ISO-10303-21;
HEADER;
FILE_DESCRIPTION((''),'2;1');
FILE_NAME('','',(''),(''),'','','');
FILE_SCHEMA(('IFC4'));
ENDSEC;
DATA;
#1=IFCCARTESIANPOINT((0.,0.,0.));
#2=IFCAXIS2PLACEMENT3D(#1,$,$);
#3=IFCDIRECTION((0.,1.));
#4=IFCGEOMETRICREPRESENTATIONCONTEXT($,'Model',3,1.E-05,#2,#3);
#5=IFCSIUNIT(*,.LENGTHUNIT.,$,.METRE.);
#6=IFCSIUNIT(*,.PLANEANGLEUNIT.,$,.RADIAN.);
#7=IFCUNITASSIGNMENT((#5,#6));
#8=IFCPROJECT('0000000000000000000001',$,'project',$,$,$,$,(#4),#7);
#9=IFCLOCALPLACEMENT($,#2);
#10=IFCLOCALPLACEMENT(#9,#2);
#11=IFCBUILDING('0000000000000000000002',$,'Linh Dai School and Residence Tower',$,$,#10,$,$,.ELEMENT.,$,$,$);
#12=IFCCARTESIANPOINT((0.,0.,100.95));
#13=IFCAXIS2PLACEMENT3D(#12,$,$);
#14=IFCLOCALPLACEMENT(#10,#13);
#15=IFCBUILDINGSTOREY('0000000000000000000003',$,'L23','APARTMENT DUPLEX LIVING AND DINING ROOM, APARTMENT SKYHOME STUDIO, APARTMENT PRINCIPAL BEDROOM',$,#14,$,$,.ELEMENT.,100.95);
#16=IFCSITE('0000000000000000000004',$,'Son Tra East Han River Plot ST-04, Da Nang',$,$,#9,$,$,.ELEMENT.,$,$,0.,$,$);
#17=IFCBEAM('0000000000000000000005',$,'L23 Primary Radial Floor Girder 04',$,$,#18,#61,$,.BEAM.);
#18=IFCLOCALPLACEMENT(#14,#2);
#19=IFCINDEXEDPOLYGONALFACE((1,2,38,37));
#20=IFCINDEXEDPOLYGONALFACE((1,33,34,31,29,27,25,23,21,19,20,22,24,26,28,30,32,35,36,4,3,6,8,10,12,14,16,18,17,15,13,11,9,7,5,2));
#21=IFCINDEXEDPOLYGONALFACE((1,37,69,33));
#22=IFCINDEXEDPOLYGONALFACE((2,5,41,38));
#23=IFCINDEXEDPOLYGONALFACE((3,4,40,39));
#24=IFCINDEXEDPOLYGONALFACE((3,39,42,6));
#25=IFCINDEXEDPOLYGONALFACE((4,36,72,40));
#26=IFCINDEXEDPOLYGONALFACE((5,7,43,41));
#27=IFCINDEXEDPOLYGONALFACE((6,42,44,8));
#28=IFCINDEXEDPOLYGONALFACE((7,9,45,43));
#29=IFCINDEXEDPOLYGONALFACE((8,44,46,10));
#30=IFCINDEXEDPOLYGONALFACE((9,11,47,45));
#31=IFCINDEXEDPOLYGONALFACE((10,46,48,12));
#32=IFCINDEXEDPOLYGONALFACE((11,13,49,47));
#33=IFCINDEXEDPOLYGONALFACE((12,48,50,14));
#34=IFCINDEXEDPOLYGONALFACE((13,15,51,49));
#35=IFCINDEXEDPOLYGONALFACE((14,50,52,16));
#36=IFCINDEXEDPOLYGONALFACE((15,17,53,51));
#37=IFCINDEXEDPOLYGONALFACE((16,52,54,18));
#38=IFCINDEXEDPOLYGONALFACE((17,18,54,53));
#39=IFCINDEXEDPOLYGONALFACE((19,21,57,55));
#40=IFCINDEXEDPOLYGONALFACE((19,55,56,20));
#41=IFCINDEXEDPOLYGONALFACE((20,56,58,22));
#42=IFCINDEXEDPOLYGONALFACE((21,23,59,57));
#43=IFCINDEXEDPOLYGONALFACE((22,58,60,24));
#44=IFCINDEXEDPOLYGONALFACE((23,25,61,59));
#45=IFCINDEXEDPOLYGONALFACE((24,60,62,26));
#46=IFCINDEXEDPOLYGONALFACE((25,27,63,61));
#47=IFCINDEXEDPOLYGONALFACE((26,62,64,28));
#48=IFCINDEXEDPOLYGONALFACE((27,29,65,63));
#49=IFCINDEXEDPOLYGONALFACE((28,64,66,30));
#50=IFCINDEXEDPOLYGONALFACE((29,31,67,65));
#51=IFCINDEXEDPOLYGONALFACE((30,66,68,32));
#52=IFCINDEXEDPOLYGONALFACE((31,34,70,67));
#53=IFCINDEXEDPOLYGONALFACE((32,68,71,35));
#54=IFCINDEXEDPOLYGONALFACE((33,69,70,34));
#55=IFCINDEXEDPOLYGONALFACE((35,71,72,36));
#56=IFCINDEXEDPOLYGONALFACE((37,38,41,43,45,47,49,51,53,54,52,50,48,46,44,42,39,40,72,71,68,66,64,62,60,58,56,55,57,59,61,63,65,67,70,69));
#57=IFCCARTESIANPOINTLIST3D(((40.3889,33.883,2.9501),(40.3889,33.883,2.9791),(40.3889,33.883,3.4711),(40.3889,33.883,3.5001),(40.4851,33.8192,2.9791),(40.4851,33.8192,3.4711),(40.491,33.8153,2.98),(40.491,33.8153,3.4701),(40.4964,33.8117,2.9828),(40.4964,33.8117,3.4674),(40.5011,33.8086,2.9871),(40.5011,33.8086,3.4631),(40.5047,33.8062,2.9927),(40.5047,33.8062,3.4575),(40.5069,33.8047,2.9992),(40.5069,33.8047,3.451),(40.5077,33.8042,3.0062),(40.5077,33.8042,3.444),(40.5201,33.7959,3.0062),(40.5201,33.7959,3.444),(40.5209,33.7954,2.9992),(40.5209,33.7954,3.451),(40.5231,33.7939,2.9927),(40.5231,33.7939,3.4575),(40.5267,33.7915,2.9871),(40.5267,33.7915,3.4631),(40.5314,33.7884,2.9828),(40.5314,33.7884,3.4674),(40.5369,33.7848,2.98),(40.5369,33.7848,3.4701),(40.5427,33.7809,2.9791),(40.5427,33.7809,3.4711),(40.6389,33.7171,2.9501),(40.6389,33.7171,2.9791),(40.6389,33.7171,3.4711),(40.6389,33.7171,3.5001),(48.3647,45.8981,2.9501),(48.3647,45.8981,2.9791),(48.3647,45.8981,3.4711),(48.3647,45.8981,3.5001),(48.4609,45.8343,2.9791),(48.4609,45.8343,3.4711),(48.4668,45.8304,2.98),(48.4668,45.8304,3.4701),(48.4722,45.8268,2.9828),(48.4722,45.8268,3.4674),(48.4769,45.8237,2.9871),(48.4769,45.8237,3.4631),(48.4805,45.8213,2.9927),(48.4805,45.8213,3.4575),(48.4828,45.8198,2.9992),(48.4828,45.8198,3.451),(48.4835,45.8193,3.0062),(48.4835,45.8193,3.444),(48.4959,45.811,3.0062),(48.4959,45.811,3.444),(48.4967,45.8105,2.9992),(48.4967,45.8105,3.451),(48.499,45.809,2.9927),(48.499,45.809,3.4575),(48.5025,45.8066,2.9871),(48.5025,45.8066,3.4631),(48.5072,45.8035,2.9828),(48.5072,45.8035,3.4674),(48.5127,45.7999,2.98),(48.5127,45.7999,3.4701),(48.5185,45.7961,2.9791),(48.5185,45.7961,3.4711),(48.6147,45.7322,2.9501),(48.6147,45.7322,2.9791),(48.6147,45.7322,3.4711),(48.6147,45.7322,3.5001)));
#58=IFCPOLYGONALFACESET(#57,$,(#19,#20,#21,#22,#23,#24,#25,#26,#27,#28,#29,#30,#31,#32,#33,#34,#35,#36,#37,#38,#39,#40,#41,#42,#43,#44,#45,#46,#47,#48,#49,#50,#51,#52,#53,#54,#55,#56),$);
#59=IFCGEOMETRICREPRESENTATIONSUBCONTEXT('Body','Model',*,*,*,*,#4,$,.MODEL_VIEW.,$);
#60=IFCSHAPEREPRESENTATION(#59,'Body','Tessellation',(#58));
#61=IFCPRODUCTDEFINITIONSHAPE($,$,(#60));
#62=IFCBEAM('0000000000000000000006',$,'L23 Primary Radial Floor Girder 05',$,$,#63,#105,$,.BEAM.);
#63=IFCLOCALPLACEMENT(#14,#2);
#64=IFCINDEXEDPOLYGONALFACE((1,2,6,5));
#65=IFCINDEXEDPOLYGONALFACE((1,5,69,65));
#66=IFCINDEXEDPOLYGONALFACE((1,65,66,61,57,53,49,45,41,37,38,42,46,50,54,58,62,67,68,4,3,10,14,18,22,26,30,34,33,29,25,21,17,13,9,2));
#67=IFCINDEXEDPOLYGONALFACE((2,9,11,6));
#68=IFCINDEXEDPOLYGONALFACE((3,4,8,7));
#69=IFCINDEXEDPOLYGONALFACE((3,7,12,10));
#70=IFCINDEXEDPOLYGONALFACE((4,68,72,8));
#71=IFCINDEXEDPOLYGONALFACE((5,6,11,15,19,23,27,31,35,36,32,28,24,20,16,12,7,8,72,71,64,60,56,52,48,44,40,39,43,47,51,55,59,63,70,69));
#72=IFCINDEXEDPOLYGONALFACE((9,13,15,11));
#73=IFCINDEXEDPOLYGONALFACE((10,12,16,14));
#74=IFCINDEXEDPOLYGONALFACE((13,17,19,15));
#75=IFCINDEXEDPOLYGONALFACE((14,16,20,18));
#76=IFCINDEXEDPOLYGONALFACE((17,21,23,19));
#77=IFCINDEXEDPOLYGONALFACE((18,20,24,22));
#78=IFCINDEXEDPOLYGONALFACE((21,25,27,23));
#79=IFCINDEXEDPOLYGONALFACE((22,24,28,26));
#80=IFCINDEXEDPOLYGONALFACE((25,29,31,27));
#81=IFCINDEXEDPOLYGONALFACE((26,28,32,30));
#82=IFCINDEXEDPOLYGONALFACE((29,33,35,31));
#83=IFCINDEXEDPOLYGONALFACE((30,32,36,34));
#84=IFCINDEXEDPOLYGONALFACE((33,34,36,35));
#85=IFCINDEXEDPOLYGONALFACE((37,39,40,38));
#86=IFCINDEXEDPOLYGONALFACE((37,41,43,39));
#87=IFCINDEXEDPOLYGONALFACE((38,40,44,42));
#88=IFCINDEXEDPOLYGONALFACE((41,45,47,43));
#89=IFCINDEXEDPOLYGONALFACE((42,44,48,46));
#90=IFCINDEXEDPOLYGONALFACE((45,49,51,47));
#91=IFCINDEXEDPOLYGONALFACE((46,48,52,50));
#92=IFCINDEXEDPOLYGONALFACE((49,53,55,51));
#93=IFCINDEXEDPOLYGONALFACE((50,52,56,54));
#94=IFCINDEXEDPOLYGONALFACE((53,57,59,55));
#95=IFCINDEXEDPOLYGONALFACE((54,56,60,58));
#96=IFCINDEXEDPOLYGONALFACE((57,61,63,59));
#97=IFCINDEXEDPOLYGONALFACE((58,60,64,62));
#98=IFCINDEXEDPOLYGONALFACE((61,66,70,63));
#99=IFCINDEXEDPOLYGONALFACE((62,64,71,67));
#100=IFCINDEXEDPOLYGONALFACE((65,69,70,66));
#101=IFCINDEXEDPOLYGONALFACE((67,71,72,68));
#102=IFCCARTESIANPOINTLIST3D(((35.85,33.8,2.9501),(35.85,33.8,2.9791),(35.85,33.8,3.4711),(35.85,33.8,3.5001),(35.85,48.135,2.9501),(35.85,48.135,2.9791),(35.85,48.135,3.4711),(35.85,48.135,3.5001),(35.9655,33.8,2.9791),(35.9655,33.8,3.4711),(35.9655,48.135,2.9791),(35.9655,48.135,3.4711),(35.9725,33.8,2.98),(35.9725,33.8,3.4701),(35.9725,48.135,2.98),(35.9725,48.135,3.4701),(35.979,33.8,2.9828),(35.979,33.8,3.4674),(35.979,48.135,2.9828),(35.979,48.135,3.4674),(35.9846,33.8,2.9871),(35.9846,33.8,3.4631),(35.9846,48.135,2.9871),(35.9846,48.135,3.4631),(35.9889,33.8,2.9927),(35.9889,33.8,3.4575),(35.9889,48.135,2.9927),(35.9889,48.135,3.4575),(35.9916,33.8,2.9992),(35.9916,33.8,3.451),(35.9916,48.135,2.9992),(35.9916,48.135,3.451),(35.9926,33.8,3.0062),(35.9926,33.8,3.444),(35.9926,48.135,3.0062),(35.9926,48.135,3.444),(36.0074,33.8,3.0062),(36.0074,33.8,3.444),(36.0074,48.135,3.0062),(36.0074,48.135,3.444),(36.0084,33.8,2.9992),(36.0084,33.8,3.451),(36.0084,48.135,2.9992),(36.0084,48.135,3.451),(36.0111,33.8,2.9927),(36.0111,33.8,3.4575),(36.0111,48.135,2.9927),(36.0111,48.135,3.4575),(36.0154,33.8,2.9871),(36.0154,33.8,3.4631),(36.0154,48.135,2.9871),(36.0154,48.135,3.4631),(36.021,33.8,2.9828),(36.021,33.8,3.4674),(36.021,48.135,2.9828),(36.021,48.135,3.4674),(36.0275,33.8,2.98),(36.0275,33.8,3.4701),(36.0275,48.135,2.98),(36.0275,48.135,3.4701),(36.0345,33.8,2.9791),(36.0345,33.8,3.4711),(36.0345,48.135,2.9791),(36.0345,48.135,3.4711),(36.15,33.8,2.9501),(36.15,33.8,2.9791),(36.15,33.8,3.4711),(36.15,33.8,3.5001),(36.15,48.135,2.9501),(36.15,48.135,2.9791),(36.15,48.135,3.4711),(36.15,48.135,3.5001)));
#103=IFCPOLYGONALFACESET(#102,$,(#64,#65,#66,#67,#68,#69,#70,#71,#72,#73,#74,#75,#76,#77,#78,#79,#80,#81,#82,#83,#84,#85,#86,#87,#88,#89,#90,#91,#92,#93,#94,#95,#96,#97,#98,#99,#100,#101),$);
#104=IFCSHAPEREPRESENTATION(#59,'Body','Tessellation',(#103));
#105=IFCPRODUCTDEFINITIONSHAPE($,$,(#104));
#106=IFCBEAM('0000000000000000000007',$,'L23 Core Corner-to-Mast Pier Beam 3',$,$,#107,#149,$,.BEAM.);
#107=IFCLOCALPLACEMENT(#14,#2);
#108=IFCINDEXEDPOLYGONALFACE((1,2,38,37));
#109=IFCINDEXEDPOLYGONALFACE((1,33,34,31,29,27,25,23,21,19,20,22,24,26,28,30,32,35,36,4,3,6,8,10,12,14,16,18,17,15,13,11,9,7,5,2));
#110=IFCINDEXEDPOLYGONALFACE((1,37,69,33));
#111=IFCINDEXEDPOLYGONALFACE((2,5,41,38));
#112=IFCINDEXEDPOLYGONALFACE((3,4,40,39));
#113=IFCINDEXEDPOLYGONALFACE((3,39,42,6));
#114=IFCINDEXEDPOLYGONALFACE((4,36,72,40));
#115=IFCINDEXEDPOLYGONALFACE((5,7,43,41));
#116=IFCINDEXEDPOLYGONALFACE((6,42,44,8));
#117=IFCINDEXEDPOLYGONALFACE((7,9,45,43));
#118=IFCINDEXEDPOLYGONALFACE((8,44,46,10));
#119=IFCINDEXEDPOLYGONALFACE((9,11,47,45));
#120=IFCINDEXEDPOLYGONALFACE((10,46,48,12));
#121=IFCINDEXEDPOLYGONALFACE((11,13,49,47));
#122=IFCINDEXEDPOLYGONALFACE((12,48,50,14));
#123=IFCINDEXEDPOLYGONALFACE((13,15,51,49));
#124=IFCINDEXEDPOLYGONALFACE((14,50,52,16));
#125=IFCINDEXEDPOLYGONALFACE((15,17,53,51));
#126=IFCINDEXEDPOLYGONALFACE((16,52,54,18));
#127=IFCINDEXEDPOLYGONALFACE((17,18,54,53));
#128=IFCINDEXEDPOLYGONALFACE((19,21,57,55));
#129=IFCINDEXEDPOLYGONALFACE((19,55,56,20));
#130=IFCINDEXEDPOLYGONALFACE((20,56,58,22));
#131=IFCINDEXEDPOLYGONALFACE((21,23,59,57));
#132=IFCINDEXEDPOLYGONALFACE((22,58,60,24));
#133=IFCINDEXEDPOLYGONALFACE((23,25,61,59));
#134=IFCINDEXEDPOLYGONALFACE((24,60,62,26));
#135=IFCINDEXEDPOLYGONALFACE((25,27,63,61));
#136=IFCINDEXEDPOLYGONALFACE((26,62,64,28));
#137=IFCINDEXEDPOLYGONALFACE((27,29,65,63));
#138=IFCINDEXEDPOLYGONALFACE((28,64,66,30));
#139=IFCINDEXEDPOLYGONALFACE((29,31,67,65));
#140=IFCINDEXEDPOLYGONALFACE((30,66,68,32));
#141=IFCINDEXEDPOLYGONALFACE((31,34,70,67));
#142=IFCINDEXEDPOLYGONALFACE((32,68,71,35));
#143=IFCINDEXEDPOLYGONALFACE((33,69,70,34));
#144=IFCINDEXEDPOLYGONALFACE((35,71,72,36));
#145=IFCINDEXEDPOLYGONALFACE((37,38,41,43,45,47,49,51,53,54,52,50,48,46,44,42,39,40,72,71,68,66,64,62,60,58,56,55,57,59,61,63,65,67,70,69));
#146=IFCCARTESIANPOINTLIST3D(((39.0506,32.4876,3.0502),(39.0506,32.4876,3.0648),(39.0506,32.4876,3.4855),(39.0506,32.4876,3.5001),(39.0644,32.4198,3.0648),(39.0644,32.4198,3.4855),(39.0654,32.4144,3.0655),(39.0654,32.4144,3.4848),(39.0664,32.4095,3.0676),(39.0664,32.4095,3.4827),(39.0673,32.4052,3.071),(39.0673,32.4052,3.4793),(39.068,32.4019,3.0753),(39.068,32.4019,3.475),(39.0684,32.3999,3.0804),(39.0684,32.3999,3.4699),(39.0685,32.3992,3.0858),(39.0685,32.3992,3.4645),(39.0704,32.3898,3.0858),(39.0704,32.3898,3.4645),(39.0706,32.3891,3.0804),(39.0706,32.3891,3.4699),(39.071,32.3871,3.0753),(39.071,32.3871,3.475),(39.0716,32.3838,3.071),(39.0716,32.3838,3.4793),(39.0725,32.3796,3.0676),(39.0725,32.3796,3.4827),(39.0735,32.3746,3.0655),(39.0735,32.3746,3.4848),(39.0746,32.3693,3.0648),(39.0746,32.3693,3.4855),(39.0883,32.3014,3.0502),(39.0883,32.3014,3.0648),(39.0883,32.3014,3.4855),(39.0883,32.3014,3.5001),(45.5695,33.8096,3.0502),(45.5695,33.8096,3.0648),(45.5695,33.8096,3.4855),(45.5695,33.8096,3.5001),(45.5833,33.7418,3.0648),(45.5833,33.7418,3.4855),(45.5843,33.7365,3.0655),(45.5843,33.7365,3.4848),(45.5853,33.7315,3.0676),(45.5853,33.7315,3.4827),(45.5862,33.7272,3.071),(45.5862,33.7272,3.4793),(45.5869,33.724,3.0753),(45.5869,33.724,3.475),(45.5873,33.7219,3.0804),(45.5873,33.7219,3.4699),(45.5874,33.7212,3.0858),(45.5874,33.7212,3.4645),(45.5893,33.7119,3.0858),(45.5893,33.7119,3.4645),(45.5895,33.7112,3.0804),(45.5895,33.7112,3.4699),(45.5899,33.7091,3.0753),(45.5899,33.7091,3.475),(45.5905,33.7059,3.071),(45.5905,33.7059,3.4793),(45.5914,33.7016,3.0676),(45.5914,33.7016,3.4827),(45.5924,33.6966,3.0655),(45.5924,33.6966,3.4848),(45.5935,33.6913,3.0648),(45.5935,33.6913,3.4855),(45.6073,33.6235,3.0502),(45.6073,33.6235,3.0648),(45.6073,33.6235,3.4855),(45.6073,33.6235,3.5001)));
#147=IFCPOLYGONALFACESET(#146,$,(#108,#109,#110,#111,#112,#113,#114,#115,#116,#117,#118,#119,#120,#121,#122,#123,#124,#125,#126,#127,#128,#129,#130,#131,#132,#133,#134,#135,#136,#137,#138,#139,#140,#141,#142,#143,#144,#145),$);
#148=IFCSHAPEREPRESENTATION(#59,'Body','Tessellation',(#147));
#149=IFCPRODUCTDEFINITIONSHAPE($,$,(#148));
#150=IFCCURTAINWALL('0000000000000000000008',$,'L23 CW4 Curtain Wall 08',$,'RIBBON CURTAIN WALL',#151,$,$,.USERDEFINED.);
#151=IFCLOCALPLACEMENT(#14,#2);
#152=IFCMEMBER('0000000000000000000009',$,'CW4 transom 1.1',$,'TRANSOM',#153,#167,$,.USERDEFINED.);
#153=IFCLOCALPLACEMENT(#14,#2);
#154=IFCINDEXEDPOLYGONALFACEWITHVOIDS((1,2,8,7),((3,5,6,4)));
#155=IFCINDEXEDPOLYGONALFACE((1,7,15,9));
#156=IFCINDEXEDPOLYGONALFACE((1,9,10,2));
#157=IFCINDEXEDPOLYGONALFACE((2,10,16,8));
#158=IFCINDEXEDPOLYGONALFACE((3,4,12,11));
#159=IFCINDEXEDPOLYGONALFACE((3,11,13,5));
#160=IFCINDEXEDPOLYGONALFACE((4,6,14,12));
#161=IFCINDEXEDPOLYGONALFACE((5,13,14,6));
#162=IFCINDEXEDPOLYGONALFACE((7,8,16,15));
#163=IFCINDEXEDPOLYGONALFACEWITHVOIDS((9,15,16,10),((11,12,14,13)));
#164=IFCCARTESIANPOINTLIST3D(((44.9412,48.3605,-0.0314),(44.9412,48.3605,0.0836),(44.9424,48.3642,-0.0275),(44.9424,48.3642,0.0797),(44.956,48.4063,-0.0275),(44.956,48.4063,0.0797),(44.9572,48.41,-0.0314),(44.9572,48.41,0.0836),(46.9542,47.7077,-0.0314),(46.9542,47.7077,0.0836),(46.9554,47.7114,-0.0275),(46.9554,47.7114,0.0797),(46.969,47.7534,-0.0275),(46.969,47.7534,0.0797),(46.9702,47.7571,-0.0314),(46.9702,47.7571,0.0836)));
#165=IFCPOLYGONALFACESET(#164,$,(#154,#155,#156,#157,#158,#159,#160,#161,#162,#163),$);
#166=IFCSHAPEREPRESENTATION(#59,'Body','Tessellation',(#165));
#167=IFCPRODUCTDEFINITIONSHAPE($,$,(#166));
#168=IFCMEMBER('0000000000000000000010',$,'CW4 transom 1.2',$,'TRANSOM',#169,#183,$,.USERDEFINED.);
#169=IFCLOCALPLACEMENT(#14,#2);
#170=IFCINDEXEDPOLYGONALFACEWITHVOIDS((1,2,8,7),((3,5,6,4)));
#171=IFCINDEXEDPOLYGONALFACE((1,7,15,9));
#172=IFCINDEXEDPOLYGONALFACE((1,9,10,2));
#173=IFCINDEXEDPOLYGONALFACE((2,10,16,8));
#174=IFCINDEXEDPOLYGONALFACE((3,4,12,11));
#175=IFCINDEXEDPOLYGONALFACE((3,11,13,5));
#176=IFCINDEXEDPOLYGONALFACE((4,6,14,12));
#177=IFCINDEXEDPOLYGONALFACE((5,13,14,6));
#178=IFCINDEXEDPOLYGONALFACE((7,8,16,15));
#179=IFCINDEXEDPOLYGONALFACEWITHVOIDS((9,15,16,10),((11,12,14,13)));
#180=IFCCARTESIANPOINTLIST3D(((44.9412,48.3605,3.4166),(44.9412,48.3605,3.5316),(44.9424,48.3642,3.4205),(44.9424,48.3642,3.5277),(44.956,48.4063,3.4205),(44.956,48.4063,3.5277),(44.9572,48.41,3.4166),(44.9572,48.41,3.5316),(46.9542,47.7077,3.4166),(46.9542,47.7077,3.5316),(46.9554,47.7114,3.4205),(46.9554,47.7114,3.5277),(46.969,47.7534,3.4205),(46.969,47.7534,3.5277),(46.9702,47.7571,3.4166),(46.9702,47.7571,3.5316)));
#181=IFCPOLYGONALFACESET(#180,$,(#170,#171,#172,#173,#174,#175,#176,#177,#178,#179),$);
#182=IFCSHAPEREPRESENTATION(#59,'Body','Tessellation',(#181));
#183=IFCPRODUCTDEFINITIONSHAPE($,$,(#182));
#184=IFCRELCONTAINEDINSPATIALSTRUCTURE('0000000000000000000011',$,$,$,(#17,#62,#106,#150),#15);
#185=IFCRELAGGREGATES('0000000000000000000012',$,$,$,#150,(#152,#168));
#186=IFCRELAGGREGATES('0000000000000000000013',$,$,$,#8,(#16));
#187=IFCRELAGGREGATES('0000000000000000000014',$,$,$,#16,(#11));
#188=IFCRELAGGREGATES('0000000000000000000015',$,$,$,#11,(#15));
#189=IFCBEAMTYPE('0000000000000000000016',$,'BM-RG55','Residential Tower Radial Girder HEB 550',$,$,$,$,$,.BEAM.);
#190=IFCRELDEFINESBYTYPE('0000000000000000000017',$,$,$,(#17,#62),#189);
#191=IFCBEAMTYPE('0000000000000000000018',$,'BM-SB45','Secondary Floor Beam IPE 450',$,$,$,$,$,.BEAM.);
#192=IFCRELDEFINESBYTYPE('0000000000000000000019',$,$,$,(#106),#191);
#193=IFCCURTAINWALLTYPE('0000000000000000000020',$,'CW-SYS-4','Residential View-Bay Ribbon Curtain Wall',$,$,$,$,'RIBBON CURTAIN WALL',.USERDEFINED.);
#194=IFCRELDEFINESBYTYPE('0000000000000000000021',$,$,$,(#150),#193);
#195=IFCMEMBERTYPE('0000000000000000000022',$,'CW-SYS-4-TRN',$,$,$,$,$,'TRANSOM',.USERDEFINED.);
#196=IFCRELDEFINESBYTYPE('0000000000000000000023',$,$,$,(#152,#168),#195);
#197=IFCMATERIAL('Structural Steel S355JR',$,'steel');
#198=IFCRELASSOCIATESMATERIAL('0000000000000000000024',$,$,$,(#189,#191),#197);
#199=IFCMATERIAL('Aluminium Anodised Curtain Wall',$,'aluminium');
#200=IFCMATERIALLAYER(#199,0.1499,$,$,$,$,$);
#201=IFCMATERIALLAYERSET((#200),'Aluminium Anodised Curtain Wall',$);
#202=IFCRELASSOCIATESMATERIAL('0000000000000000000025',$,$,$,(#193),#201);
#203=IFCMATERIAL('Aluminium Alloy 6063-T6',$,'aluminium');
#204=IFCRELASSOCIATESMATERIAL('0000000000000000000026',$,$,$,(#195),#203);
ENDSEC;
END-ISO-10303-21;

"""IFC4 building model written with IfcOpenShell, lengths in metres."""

from ifc_helpers import new_model, si_unit, direction, frame, origin, origin_2d, place, context, subcontext, project, spatial, hollow_rectangle, i_section, extrude, source, transform, mapped, material, layer, layer_set, material_profile, profile_set, type_object, element, aggregate, save


model = new_model("IFC4")

# Units and contexts
model_context = context("Model", 3, precision=1e-05, world=origin(), true_north=direction((0.0, 1.0)))
body_context = subcontext(model_context, "Body", "Model", "MODEL_VIEW")
ifc_project = project(units=[si_unit("LENGTHUNIT", "METRE"), si_unit("PLANEANGLEUNIT", "RADIAN")], contexts=[model_context])

# Site, building, storey
site_placement = place(None, origin())
site = spatial("IfcSite", under=ifc_project, at=site_placement, Name="Son Tra East Han River Plot ST-04, Da Nang", CompositionType="ELEMENT", RefElevation=0.0)
building_placement = place(site_placement, origin())
building = spatial("IfcBuilding", under=site, at=building_placement, Name="Linh Dai School and Residence Tower", CompositionType="ELEMENT")
storey_placement = place(building_placement, frame((0.0, 0.0, 100.95)))
storey = spatial("IfcBuildingStorey", under=building, at=storey_placement, Name="L23", Description="APARTMENT DUPLEX LIVING AND DINING ROOM, APARTMENT SKYHOME STUDIO, APARTMENT PRINCIPAL BEDROOM", CompositionType="ELEMENT", Elevation=100.95)

# Shared definitions
ifc_material_1 = material(Name="Structural Steel S355JR", Category="steel")

# Beams
ifc_material_profile_1 = material_profile(ifc_material_1, i_section(OverallWidth=0.3, OverallDepth=0.55, WebThickness=0.0149, FlangeThickness=0.0291, FilletRadius=0.0271, at=origin_2d()), Name="HEB 550")
ifc_profile_set_1 = profile_set([ifc_material_profile_1], Name="Structural Steel S355JR")
beam_type_1 = type_object("IfcBeamType", Name="BM-RG55", Description="Residential Tower Radial Girder HEB 550", PredefinedType="BEAM", material=ifc_profile_set_1)
beam_1_placement = place(storey_placement, frame((40.5139, 33.8, 3.2251), z_axis=(0.553054, 0.833145, 0.0), x_axis=(-0.833145, 0.553054, 0.0)))
element("IfcBeam", 1, at=beam_1_placement, inside=storey, type_object=beam_type_1, Name="L23 Primary Radial Floor Girder 04", PredefinedType="BEAM", context=body_context, shape_type="SweptSolid", body=[
    extrude(i_section(OverallWidth=0.3, OverallDepth=0.55, WebThickness=0.0149, FlangeThickness=0.0291, FilletRadius=0.0271, at=origin_2d()), origin(), (0.0, 0.0, 1.0), 14.4214),
])
beam_2_placement = place(storey_placement, frame((36.0, 33.8, 3.2251), z_axis=(0.0, 1.0, 0.0), x_axis=(-1.0, 0.0, 0.0)))
element("IfcBeam", 2, at=beam_2_placement, inside=storey, type_object=beam_type_1, Name="L23 Primary Radial Floor Girder 05", PredefinedType="BEAM", context=body_context, shape_type="SweptSolid", body=[
    extrude(i_section(OverallWidth=0.3, OverallDepth=0.55, WebThickness=0.0149, FlangeThickness=0.0291, FilletRadius=0.0271, at=origin_2d()), origin(), (0.0, 0.0, 1.0), 14.335),
])
ifc_material_profile_2 = material_profile(ifc_material_1, i_section(OverallWidth=0.1899, OverallDepth=0.45, WebThickness=0.0095, FlangeThickness=0.0146, FilletRadius=0.021, at=origin_2d()), Name="IPE 450")
ifc_profile_set_2 = profile_set([ifc_material_profile_2], Name="Structural Steel S355JR")
beam_type_2 = type_object("IfcBeamType", Name="BM-SB45", Description="Secondary Floor Beam IPE 450", PredefinedType="BEAM", material=ifc_profile_set_2)
beam_3_placement = place(storey_placement, frame((45.5884, 33.7166, 3.2751), z_axis=(-0.980049, -0.198755, 0.0), x_axis=(0.198755, -0.980049, 0.0)))
element("IfcBeam", 3, at=beam_3_placement, inside=storey, type_object=beam_type_2, Name="L23 Core Corner-to-Mast Pier Beam 3", PredefinedType="BEAM", context=body_context, shape_type="SweptSolid", body=[
    extrude(i_section(OverallWidth=0.1899, OverallDepth=0.45, WebThickness=0.0095, FlangeThickness=0.0146, FilletRadius=0.021, at=origin_2d()), origin(), (0.0, 0.0, 1.0), 6.6516),
])

# Curtain wall, members
ifc_material_2 = material(Name="Aluminium Anodised Curtain Wall", Category="aluminium")
ifc_layer_1 = layer(ifc_material_2, 0.1499)
ifc_layer_set_1 = layer_set([ifc_layer_1], Name="Aluminium Anodised Curtain Wall")
curtain_wall_type = type_object("IfcCurtainWallType", Name="CW-SYS-4", Description="Residential View-Bay Ribbon Curtain Wall", ElementType="RIBBON CURTAIN WALL", PredefinedType="USERDEFINED", material=ifc_layer_set_1)
curtain_wall_placement = place(storey_placement, origin())
curtain_wall = element("IfcCurtainWall", 4, at=curtain_wall_placement, inside=storey, type_object=curtain_wall_type, Name="L23 CW4 Curtain Wall 08", ObjectType="RIBBON CURTAIN WALL", PredefinedType="USERDEFINED")
ifc_material_3 = material(Name="Aluminium Alloy 6063-T6", Category="aluminium")
ifc_material_profile_3 = material_profile(ifc_material_3, hollow_rectangle(XDim=0.052, YDim=0.115, WallThickness=0.0039, at=origin_2d()), Name="RHS 115x52x4")
ifc_profile_set_3 = profile_set([ifc_material_profile_3], Name="Aluminium Alloy 6063-T6")
member_type_1 = type_object("IfcMemberType", Name="CW-SYS-4-TRN", ElementType="TRANSOM", PredefinedType="USERDEFINED", material=ifc_profile_set_3)
shared_shape_1 = source(origin(), body_context, "Body", "SweptSolid", [
    extrude(hollow_rectangle(XDim=0.052, YDim=0.115, WallThickness=0.0039, at=origin_2d()), origin(), (0.0, 0.0, 1.0), 2.1162),
])
member_1_placement = place(storey_placement, frame((44.9492, 48.3853, 0.0261), z_axis=(0.951225, -0.308499, 0.0), x_axis=(0.308499, 0.951225, 0.0)))
member_1 = element("IfcMember", 5, at=member_1_placement, type_object=member_type_1, Name="CW4 transom 1.1", ObjectType="TRANSOM", PredefinedType="USERDEFINED", context=body_context, shape_type="MappedRepresentation", body=[
    mapped(shared_shape_1, transform((0.0, 0.0, 0.0), x_axis=(1.0, 0.0, 0.0), y_axis=(0.0, 1.0, 0.0), z_axis=(0.0, 0.0, 1.0), scale=1.0)),
])
member_2_placement = place(storey_placement, frame((44.9492, 48.3853, 3.4741), z_axis=(0.951225, -0.308499, 0.0), x_axis=(0.308499, 0.951225, 0.0)))
member_2 = element("IfcMember", 6, at=member_2_placement, type_object=member_type_1, Name="CW4 transom 1.2", ObjectType="TRANSOM", PredefinedType="USERDEFINED", context=body_context, shape_type="MappedRepresentation", body=[
    mapped(shared_shape_1, transform((0.0, 0.0, 0.0), x_axis=(1.0, 0.0, 0.0), y_axis=(0.0, 1.0, 0.0), z_axis=(0.0, 0.0, 1.0), scale=1.0)),
])

aggregate(curtain_wall, [member_1, member_2])

save(model, "model.ifc")
